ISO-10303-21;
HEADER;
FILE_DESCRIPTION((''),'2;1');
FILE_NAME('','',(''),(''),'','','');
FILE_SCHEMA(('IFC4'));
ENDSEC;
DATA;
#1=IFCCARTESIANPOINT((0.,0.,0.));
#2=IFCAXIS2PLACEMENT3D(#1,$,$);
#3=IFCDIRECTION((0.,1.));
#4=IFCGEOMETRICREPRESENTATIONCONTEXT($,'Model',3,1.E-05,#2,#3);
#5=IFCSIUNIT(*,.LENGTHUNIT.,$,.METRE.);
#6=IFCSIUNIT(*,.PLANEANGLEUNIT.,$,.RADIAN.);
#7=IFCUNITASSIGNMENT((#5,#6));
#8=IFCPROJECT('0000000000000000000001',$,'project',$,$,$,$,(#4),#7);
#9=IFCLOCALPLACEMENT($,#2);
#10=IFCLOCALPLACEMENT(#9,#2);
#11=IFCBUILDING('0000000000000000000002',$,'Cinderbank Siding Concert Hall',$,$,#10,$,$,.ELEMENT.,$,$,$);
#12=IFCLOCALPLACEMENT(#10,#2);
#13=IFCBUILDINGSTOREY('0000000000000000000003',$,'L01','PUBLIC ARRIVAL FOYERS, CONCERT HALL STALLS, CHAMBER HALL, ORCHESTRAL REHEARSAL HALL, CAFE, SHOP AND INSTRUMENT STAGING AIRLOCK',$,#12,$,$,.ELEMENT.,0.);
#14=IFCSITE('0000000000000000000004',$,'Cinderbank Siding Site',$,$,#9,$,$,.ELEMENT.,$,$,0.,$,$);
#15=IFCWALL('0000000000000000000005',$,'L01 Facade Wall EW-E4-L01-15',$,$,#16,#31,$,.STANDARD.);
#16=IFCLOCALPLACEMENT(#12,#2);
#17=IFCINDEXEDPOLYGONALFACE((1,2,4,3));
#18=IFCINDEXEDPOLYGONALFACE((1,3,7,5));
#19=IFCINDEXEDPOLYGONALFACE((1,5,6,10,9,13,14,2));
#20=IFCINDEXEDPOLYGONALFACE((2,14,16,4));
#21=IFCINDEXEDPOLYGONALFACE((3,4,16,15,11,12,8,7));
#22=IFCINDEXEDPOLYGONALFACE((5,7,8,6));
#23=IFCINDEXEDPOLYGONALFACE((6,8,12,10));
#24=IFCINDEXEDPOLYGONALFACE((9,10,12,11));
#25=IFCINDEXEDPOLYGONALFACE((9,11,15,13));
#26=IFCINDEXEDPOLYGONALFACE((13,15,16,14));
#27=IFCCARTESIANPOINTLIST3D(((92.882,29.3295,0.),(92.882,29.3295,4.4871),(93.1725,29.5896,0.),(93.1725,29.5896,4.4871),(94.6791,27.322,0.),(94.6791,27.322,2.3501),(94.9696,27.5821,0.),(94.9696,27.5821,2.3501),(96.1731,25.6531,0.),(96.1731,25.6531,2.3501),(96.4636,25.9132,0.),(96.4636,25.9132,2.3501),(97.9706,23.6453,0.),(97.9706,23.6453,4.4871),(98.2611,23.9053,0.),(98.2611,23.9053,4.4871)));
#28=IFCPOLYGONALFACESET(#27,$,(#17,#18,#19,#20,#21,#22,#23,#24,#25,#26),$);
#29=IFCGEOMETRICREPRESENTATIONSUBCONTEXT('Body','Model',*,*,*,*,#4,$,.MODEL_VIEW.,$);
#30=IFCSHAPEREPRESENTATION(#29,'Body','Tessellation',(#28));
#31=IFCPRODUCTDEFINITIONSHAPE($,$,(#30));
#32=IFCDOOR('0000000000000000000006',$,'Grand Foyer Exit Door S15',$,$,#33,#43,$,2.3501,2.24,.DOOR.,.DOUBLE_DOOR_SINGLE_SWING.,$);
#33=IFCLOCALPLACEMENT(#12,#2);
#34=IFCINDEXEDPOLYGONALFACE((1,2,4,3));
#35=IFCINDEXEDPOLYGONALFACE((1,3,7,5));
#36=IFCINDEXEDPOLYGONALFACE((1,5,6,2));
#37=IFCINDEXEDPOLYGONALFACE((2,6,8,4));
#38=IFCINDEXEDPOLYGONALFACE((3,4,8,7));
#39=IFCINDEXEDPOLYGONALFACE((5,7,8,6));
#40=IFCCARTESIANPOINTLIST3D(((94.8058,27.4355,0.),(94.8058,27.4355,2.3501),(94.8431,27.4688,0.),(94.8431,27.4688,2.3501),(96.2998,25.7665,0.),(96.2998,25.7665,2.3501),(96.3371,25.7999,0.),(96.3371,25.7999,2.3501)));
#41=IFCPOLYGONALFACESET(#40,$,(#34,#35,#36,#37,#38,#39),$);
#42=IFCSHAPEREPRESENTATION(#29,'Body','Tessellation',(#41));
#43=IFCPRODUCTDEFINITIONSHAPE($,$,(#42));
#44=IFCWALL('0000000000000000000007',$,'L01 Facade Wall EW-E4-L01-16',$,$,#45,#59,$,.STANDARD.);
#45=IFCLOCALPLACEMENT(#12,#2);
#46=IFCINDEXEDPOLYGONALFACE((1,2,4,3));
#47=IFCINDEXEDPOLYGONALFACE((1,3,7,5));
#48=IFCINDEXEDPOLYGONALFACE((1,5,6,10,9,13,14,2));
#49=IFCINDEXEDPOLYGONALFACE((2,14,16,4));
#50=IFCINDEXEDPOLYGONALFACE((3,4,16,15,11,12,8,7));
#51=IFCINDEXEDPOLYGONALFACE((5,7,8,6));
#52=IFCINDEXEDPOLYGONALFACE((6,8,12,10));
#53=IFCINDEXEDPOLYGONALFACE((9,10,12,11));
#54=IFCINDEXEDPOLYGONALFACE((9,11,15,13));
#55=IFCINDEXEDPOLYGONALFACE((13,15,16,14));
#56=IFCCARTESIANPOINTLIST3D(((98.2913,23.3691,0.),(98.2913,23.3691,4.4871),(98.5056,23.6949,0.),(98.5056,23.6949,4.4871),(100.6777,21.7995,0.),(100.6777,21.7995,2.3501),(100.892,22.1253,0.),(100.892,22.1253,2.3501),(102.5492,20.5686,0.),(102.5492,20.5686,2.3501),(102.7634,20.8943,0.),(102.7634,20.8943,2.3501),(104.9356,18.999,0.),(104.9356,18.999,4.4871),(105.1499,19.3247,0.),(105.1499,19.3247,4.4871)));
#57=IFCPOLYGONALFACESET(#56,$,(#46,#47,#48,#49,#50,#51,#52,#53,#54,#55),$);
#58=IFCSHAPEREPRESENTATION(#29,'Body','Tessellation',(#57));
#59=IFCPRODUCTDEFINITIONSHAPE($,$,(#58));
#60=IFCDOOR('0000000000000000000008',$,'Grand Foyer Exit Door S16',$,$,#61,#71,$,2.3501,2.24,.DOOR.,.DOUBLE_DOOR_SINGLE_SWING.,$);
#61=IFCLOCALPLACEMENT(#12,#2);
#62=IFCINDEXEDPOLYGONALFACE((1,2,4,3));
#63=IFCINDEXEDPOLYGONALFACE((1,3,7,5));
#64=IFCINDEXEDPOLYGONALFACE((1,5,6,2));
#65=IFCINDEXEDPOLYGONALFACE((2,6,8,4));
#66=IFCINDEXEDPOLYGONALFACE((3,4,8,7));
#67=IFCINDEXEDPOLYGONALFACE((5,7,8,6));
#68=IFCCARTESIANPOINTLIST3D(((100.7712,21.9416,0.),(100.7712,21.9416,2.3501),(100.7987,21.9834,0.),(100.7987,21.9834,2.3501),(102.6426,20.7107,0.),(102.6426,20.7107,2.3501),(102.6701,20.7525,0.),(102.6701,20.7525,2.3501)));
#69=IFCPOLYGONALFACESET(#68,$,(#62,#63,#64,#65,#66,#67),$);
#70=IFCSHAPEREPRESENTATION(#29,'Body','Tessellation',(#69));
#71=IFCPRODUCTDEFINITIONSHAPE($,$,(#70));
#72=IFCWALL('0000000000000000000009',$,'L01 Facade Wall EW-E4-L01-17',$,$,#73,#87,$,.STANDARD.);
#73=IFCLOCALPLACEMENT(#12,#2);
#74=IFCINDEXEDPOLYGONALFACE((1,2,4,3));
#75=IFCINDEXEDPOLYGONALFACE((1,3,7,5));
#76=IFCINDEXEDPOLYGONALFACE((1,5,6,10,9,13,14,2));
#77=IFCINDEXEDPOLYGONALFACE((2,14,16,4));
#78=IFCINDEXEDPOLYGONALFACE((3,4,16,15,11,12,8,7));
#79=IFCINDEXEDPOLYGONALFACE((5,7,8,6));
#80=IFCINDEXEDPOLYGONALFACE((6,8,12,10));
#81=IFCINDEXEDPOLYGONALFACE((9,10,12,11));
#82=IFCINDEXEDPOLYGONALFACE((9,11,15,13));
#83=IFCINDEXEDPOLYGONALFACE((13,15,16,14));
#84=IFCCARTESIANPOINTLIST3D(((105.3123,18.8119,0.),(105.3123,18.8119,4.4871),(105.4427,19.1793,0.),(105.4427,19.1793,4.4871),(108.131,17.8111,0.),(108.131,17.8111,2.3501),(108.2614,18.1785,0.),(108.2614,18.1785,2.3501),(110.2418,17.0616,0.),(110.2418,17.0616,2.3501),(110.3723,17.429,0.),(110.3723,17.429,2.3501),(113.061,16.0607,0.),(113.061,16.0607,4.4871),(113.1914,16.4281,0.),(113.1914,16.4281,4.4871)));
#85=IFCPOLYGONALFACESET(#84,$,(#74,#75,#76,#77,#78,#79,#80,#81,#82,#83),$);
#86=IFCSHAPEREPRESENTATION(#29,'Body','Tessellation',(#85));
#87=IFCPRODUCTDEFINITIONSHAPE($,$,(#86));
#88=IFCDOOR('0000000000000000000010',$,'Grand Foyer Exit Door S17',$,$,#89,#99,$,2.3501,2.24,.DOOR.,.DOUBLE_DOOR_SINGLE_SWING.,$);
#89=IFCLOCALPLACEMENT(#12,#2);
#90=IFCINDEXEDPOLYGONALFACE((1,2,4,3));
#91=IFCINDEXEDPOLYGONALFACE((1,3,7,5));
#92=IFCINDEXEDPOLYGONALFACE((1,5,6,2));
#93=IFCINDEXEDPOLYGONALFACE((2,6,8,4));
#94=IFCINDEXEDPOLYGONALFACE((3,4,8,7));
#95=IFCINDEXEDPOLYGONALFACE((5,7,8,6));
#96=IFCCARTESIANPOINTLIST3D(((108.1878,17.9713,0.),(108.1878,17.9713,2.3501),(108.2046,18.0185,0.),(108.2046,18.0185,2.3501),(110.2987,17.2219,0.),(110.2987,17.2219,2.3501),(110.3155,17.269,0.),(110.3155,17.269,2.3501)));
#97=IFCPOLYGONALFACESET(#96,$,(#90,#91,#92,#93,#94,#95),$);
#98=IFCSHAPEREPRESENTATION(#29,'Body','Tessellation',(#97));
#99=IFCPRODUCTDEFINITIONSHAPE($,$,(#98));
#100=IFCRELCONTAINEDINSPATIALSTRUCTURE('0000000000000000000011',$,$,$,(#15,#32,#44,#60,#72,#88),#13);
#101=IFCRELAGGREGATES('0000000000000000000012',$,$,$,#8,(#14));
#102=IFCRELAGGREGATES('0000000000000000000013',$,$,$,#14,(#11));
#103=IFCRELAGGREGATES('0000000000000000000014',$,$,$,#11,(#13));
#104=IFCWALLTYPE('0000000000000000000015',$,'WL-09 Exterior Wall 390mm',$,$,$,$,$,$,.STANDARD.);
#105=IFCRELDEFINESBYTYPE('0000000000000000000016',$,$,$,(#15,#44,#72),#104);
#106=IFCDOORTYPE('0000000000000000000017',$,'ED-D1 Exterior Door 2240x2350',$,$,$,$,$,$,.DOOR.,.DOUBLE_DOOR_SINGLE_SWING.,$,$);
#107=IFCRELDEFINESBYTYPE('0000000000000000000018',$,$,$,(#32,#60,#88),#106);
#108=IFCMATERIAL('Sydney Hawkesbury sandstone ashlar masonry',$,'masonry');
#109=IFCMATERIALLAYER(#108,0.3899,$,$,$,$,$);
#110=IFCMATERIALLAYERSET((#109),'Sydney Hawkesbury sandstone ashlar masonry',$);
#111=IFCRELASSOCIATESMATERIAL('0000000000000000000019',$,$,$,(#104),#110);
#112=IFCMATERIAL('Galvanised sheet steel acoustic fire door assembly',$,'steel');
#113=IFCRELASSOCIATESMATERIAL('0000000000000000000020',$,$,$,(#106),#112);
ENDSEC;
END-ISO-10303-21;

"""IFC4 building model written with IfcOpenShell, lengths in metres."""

from ifc_helpers import new_model, si_unit, direction, frame, frame_2d, origin, place, context, subcontext, project, spatial, rectangle, extrude, material, layer, layer_set, type_object, element, fill, save


model = new_model("IFC4")

# Units and contexts
model_context = context("Model", 3, precision=1e-05, world=origin(), true_north=direction((0.0, 1.0)))
body_context = subcontext(model_context, "Body", "Model", "MODEL_VIEW")
ifc_project = project(units=[si_unit("LENGTHUNIT", "METRE"), si_unit("PLANEANGLEUNIT", "RADIAN")], contexts=[model_context])

# Site, building, storey
site_placement = place(None, origin())
site = spatial("IfcSite", under=ifc_project, at=site_placement, Name="Cinderbank Siding Site", CompositionType="ELEMENT", RefElevation=0.0)
building_placement = place(site_placement, origin())
building = spatial("IfcBuilding", under=site, at=building_placement, Name="Cinderbank Siding Concert Hall", CompositionType="ELEMENT")
storey_placement = place(building_placement, origin())
storey = spatial("IfcBuildingStorey", under=building, at=storey_placement, Name="L01", Description="PUBLIC ARRIVAL FOYERS, CONCERT HALL STALLS, CHAMBER HALL, ORCHESTRAL REHEARSAL HALL, CAFE, SHOP AND INSTRUMENT STAGING AIRLOCK", CompositionType="ELEMENT", Elevation=0.0)

# Shared definitions
ifc_material_1 = material(Name="Galvanised sheet steel acoustic fire door assembly", Category="steel")

# Walls, openings, doors
ifc_material_2 = material(Name="Sydney Hawkesbury sandstone ashlar masonry", Category="masonry")
ifc_layer_1 = layer(ifc_material_2, 0.3899)
ifc_layer_set_1 = layer_set([ifc_layer_1], Name="Sydney Hawkesbury sandstone ashlar masonry")
wall_type_1 = type_object("IfcWallType", Name="WL-09 Exterior Wall 390mm", PredefinedType="STANDARD", material=ifc_layer_set_1)
wall_1_placement = place(storey_placement, frame((98.1157, 23.7754, 0.0), z_axis=(0.0, 0.0, 1.0), x_axis=(-0.666988, 0.745069, 0.0)))
wall_1 = element("IfcWall", 1, at=wall_1_placement, inside=storey, type_object=wall_type_1, Name="L01 Facade Wall EW-E4-L01-15", PredefinedType="STANDARD", context=body_context, shape_type="SweptSolid", body=[
    extrude(rectangle(XDim=7.6292, YDim=0.3899, at=frame_2d((3.8145, 0.0))), origin(), (0.0, 0.0, 1.0), 4.4871),
])
opening_1_placement = place(wall_1_placement, frame((2.6946, 0.0, 0.0)))
opening_1 = element("IfcOpeningElement", 2, at=opening_1_placement, cuts=wall_1, PredefinedType="OPENING", context=body_context, shape_type="SweptSolid", body=[
    extrude(rectangle(XDim=2.24, YDim=2.3501, at=frame_2d((1.1201, 1.175))), frame((0.0, 0.207, 0.0), z_axis=(0.0, -1.0, 0.0), x_axis=(1.0, 0.0, 0.0)), (0.0, 0.0, 1.0), 0.4138),
])
door_type_1 = type_object("IfcDoorType", Name="ED-D1 Exterior Door 2240x2350", OperationType="DOUBLE_DOOR_SINGLE_SWING", PredefinedType="DOOR", material=ifc_material_1)
door_1_placement = place(opening_1_placement, origin())
door_1 = element("IfcDoor", 3, at=door_1_placement, inside=storey, type_object=door_type_1, Name="Grand Foyer Exit Door S15", OperationType="DOUBLE_DOOR_SINGLE_SWING", OverallHeight=2.3501, OverallWidth=2.24, PredefinedType="DOOR", context=body_context, shape_type="SweptSolid", body=[
    extrude(rectangle(XDim=2.24, YDim=2.3501, at=frame_2d((1.1201, 1.175))), frame((0.0, 0.0249, 0.0), z_axis=(0.0, -1.0, 0.0), x_axis=(1.0, 0.0, 0.0)), (0.0, 0.0, 1.0), 0.05),
])
fill(opening_1, door_1)
wall_2_placement = place(storey_placement, frame((105.0427, 19.1619, 0.0), z_axis=(0.0, 0.0, 1.0), x_axis=(-0.835482, 0.549518, 0.0)))
wall_2 = element("IfcWall", 4, at=wall_2_placement, inside=storey, type_object=wall_type_1, Name="L01 Facade Wall EW-E4-L01-16", PredefinedType="STANDARD", context=body_context, shape_type="SweptSolid", body=[
    extrude(rectangle(XDim=7.9526, YDim=0.3899, at=frame_2d((3.9763, 0.0))), origin(), (0.0, 0.0, 1.0), 4.4871),
])
opening_2_placement = place(wall_2_placement, frame((2.8562, 0.0, 0.0)))
opening_2 = element("IfcOpeningElement", 5, at=opening_2_placement, cuts=wall_2, PredefinedType="OPENING", context=body_context, shape_type="SweptSolid", body=[
    extrude(rectangle(XDim=2.24, YDim=2.3501, at=frame_2d((1.1201, 1.175))), frame((0.0, 0.207, 0.0), z_axis=(0.0, -1.0, 0.0), x_axis=(1.0, 0.0, 0.0)), (0.0, 0.0, 1.0), 0.4138),
])
door_2_placement = place(opening_2_placement, origin())
door_2 = element("IfcDoor", 6, at=door_2_placement, inside=storey, type_object=door_type_1, Name="Grand Foyer Exit Door S16", OperationType="DOUBLE_DOOR_SINGLE_SWING", OverallHeight=2.3501, OverallWidth=2.24, PredefinedType="DOOR", context=body_context, shape_type="SweptSolid", body=[
    extrude(rectangle(XDim=2.24, YDim=2.3501, at=frame_2d((1.1201, 1.175))), frame((0.0, 0.0249, 0.0), z_axis=(0.0, -1.0, 0.0), x_axis=(1.0, 0.0, 0.0)), (0.0, 0.0, 1.0), 0.05),
])
fill(opening_2, door_2)
wall_3_placement = place(storey_placement, frame((113.1262, 16.2444, 0.0), z_axis=(0.0, 0.0, 1.0), x_axis=(-0.942364, 0.334588, 0.0)))
wall_3 = element("IfcWall", 7, at=wall_3_placement, inside=storey, type_object=wall_type_1, Name="L01 Facade Wall EW-E4-L01-17", PredefinedType="STANDARD", context=body_context, shape_type="SweptSolid", body=[
    extrude(rectangle(XDim=8.2227, YDim=0.3899, at=frame_2d((4.1113, 0.0))), origin(), (0.0, 0.0, 1.0), 4.4871),
])
opening_3_placement = place(wall_3_placement, frame((2.9915, 0.0, 0.0)))
opening_3 = element("IfcOpeningElement", 8, at=opening_3_placement, cuts=wall_3, PredefinedType="OPENING", context=body_context, shape_type="SweptSolid", body=[
    extrude(rectangle(XDim=2.24, YDim=2.3501, at=frame_2d((1.1201, 1.175))), frame((0.0, 0.207, 0.0), z_axis=(0.0, -1.0, 0.0), x_axis=(1.0, 0.0, 0.0)), (0.0, 0.0, 1.0), 0.4138),
])
door_3_placement = place(opening_3_placement, origin())
door_3 = element("IfcDoor", 9, at=door_3_placement, inside=storey, type_object=door_type_1, Name="Grand Foyer Exit Door S17", OperationType="DOUBLE_DOOR_SINGLE_SWING", OverallHeight=2.3501, OverallWidth=2.24, PredefinedType="DOOR", context=body_context, shape_type="SweptSolid", body=[
    extrude(rectangle(XDim=2.24, YDim=2.3501, at=frame_2d((1.1201, 1.175))), frame((0.0, 0.0249, 0.0), z_axis=(0.0, -1.0, 0.0), x_axis=(1.0, 0.0, 0.0)), (0.0, 0.0, 1.0), 0.05),
])
fill(opening_3, door_3)

save(model, "model.ifc")
